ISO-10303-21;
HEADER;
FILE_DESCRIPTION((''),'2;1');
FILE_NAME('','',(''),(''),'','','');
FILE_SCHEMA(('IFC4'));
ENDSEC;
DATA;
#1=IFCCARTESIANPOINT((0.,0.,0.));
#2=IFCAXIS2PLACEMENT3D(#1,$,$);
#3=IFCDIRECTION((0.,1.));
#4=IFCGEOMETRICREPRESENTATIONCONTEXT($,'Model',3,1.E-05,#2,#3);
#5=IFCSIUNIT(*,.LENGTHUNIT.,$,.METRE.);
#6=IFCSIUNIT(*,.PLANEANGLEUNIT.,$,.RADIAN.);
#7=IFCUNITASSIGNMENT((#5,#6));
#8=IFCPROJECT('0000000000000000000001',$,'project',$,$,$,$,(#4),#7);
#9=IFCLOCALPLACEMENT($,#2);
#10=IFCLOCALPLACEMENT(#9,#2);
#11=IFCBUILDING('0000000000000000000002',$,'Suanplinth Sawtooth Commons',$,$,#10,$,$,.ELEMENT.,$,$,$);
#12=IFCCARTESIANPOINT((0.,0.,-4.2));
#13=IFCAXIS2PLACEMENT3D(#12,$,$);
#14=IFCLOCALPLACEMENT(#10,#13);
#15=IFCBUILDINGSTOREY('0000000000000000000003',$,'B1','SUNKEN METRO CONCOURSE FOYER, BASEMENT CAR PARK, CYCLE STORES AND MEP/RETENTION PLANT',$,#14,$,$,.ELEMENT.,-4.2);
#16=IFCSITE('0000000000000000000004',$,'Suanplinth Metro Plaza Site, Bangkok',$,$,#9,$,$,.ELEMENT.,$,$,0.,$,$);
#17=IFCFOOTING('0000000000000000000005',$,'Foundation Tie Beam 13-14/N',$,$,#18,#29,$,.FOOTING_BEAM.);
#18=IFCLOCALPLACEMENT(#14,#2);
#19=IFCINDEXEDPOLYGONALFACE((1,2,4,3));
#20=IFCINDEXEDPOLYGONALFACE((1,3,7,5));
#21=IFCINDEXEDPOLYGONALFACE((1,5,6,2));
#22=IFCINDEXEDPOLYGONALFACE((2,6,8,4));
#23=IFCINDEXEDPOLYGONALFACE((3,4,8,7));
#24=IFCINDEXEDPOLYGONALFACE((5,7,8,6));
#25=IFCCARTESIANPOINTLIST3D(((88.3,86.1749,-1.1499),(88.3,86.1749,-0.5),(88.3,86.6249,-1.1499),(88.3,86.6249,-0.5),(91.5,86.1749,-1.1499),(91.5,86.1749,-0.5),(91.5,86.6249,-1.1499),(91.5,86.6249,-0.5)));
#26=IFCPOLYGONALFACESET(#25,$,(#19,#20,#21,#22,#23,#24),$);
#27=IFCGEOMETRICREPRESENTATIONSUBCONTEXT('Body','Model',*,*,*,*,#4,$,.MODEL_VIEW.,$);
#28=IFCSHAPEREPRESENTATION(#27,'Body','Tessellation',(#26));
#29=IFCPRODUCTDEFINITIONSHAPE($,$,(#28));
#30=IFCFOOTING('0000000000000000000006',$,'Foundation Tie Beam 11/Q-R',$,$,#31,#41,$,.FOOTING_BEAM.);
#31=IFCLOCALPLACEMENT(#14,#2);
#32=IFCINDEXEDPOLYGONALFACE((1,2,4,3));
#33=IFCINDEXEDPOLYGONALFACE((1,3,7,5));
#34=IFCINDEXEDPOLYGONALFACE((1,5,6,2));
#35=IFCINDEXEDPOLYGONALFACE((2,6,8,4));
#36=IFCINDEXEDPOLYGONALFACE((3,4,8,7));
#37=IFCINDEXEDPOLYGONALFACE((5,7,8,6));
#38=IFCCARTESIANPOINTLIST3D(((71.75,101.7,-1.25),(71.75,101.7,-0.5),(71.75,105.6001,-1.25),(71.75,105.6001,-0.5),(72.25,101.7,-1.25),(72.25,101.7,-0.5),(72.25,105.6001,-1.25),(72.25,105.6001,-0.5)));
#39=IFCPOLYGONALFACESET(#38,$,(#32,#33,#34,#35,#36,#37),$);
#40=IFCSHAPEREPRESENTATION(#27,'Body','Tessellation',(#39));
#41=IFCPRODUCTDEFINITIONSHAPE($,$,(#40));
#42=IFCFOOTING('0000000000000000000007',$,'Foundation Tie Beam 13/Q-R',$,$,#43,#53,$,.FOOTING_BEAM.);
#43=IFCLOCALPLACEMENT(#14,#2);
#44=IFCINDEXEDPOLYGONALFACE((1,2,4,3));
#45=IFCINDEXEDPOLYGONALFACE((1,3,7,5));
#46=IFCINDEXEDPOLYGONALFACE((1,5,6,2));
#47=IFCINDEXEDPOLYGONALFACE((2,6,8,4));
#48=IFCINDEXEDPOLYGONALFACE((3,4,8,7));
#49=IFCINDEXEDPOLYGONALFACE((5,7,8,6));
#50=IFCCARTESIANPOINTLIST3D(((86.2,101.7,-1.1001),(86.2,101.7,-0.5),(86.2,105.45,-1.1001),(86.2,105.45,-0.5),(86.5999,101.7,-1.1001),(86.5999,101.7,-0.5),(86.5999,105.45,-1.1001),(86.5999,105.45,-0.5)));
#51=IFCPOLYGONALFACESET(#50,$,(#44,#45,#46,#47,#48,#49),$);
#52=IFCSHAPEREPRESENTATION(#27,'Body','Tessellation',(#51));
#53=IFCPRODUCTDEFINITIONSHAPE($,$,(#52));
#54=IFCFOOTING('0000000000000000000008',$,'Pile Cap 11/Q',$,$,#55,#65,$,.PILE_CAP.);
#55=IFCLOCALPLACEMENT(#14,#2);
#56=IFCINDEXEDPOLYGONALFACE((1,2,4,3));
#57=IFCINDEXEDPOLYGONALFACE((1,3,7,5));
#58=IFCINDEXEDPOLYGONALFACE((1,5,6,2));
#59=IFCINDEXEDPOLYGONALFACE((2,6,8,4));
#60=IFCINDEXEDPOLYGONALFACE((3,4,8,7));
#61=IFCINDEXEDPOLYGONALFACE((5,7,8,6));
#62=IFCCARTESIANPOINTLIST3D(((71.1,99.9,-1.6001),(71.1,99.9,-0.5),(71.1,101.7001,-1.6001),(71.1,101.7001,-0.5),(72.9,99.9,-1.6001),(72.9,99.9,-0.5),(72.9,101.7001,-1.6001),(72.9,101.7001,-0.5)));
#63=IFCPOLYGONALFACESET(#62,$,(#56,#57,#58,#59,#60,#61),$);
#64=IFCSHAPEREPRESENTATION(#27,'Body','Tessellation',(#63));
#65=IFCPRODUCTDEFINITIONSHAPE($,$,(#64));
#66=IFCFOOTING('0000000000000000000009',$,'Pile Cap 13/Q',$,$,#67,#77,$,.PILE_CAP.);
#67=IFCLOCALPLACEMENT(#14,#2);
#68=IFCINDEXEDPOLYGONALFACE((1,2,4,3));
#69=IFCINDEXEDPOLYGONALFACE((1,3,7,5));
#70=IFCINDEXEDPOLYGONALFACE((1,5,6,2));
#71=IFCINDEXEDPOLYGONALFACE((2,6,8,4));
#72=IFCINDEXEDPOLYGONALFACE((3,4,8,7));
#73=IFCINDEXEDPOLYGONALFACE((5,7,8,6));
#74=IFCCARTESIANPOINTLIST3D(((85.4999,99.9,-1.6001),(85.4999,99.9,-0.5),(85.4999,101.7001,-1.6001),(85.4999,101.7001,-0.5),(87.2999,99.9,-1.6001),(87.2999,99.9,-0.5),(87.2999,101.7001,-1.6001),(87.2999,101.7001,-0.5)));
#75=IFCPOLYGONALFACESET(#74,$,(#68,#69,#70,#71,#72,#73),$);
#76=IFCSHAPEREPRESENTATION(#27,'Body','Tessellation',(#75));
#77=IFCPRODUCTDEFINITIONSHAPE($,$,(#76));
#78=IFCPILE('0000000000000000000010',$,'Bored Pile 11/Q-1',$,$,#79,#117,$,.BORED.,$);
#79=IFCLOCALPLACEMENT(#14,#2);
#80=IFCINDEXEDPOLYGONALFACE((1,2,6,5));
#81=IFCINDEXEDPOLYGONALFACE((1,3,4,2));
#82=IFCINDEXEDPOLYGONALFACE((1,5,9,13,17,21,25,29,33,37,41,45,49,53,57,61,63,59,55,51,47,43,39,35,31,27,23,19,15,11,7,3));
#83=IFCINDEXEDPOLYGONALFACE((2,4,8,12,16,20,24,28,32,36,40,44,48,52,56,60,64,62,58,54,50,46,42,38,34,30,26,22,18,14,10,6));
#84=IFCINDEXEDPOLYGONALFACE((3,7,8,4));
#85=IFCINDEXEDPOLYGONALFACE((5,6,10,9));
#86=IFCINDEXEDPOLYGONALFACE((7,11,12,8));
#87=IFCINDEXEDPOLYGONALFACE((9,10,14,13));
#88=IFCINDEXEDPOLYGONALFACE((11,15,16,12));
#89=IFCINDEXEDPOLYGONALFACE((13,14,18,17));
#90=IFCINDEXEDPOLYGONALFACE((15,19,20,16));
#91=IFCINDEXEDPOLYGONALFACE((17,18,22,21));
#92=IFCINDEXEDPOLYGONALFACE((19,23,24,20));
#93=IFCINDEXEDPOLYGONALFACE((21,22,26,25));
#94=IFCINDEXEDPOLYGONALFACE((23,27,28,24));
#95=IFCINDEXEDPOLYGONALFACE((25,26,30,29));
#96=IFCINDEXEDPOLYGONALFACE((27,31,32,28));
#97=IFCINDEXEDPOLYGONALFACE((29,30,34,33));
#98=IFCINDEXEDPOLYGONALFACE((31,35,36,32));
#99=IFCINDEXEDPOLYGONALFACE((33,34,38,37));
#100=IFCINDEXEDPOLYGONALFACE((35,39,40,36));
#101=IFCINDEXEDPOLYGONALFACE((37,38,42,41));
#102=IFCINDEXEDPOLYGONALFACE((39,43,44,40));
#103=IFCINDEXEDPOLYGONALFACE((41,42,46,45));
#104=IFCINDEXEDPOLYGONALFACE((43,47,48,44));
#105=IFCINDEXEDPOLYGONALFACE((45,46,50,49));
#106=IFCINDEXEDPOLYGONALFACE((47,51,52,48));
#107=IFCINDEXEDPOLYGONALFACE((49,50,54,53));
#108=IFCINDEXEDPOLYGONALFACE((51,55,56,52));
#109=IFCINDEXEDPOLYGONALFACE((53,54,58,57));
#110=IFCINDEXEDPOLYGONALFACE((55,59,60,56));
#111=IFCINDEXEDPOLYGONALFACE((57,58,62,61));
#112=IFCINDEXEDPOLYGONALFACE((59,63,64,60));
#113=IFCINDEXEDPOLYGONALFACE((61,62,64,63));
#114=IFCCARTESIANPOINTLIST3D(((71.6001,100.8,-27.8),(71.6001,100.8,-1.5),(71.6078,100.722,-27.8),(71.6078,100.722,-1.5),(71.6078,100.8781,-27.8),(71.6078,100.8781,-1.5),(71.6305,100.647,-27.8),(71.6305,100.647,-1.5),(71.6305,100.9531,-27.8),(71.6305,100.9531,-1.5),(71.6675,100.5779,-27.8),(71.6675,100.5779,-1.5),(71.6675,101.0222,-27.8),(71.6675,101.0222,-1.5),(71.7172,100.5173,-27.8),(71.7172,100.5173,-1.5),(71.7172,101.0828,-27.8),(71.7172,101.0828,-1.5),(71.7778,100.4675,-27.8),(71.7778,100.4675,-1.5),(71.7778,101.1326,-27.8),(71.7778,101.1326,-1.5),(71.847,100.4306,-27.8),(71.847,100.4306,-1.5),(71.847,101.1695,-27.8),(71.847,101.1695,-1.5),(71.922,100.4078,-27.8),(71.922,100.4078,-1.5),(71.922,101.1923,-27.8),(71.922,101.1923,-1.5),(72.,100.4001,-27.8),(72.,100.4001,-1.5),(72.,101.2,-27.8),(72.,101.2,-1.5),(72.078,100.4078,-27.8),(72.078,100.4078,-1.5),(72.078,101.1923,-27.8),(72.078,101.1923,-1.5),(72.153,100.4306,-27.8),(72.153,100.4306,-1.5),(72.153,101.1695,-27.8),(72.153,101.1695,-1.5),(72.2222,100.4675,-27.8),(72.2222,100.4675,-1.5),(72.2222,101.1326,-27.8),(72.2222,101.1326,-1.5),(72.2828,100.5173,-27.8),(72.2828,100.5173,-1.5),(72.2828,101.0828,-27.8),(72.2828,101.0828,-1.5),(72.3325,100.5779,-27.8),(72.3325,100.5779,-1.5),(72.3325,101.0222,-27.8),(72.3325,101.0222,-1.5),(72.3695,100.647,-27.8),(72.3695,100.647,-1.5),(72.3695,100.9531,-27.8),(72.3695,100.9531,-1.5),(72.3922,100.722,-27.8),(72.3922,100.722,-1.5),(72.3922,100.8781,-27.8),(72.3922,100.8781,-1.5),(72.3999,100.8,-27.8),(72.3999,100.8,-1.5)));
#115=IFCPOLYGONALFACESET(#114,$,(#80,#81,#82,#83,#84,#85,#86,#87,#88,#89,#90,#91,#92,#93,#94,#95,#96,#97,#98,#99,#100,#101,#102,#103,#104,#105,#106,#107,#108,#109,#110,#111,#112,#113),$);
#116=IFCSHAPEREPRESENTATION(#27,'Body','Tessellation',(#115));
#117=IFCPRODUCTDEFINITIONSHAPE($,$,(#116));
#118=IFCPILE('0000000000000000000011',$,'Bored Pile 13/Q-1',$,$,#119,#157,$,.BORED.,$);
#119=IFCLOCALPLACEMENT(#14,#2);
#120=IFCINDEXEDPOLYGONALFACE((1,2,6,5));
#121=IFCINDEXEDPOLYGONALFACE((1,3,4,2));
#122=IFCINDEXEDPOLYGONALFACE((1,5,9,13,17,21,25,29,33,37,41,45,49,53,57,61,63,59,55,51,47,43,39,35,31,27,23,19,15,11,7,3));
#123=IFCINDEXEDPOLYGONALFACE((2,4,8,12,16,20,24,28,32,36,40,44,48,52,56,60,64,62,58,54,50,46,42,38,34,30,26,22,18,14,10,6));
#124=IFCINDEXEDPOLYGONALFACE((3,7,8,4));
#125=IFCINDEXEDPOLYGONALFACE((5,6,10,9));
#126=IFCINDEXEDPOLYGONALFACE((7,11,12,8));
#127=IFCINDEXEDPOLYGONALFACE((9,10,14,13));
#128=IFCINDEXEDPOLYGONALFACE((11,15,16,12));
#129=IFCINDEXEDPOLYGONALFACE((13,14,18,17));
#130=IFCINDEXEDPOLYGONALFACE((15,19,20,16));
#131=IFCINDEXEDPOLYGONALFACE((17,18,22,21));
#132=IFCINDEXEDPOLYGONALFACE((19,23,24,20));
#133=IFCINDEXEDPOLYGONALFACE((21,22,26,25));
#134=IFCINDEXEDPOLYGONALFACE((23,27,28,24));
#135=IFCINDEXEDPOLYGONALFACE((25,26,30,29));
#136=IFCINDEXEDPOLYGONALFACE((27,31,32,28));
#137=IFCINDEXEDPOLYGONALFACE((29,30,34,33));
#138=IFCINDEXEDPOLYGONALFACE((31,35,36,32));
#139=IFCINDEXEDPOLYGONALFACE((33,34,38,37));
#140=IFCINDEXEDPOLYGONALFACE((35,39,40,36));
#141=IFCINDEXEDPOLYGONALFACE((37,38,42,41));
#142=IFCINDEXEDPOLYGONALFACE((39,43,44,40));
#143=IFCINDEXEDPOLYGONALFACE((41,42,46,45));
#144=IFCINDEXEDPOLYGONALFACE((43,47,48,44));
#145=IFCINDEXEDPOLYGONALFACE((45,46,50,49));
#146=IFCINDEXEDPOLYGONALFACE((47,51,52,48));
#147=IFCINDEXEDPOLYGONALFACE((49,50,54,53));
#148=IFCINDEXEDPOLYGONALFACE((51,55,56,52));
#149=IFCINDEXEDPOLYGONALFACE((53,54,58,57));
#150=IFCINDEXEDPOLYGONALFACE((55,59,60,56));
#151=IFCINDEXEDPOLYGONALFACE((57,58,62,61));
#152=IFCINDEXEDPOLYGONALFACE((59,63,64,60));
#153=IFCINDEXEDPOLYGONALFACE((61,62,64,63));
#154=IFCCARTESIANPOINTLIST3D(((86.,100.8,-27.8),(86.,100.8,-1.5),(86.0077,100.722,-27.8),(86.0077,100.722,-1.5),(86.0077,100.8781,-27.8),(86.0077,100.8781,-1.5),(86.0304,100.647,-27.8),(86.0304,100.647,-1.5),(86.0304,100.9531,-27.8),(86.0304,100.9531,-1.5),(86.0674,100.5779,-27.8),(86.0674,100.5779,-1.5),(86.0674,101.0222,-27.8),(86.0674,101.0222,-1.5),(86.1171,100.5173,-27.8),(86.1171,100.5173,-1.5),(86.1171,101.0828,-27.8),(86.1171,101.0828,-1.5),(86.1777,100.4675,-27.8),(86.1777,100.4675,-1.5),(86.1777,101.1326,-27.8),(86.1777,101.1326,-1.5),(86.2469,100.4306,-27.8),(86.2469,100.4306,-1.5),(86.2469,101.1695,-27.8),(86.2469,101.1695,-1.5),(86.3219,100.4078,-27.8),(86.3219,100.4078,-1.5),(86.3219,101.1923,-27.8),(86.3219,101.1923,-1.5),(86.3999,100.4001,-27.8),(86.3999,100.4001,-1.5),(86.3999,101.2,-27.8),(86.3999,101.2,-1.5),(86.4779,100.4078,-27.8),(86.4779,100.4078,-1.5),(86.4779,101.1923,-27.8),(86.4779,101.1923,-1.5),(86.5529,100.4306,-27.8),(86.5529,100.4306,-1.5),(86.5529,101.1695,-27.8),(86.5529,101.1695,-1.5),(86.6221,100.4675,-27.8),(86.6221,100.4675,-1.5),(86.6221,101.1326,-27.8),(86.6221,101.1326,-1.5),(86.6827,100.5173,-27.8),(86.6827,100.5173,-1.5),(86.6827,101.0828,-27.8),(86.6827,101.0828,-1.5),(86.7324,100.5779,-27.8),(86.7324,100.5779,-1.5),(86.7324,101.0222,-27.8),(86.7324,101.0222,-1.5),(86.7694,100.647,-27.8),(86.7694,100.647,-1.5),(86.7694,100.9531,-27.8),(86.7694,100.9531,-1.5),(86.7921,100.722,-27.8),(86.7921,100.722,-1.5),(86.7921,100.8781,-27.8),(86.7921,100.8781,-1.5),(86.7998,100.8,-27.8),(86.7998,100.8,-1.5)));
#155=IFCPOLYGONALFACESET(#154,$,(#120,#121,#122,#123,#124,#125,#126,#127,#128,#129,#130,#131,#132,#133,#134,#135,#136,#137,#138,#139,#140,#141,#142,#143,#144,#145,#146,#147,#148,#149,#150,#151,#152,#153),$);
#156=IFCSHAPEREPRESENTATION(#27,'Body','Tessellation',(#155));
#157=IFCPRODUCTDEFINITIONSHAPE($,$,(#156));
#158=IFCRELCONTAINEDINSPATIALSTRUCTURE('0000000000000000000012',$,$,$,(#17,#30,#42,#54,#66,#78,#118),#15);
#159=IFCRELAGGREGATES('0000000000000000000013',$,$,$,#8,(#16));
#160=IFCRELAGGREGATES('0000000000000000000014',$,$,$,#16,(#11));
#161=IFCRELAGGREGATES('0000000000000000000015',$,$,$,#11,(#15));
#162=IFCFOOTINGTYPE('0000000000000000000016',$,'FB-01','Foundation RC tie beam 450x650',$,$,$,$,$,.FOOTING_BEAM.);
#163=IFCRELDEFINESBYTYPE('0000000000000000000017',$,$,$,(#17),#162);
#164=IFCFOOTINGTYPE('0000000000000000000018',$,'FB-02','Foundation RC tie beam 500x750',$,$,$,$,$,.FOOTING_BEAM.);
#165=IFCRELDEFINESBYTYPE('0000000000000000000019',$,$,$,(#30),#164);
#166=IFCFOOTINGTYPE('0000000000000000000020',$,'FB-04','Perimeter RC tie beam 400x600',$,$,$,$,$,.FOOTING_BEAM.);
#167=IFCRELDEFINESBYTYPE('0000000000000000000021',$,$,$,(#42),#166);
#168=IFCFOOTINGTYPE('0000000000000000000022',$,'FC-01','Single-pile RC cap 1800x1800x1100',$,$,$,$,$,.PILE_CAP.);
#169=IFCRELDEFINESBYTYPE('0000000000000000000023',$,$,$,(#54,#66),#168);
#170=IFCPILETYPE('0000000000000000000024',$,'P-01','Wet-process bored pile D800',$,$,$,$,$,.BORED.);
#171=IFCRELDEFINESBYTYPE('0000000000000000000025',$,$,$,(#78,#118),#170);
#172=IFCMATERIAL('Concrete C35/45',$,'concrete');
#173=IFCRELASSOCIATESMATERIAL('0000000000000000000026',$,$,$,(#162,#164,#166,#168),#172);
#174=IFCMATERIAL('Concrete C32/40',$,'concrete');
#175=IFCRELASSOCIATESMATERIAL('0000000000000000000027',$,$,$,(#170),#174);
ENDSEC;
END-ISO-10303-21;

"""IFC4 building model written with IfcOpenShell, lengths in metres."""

from ifc_helpers import new_model, si_unit, direction, frame, origin, origin_2d, place, context, subcontext, project, spatial, rectangle, circle, extrude, material, material_profile, profile_set, type_object, element, save


model = new_model("IFC4")

# Units and contexts
model_context = context("Model", 3, precision=1e-05, world=origin(), true_north=direction((0.0, 1.0)))
body_context = subcontext(model_context, "Body", "Model", "MODEL_VIEW")
ifc_project = project(units=[si_unit("LENGTHUNIT", "METRE"), si_unit("PLANEANGLEUNIT", "RADIAN")], contexts=[model_context])

# Site, building, storey
site_placement = place(None, origin())
site = spatial("IfcSite", under=ifc_project, at=site_placement, Name="Suanplinth Metro Plaza Site, Bangkok", CompositionType="ELEMENT", RefElevation=0.0)
building_placement = place(site_placement, origin())
building = spatial("IfcBuilding", under=site, at=building_placement, Name="Suanplinth Sawtooth Commons", CompositionType="ELEMENT")
storey_placement = place(building_placement, frame((0.0, 0.0, -4.2)))
storey = spatial("IfcBuildingStorey", under=building, at=storey_placement, Name="B1", Description="SUNKEN METRO CONCOURSE FOYER, BASEMENT CAR PARK, CYCLE STORES AND MEP/RETENTION PLANT", CompositionType="ELEMENT", Elevation=-4.2)

# Footings
ifc_material_1 = material(Name="Concrete C35/45", Category="concrete")
ifc_material_profile_1 = material_profile(ifc_material_1, rectangle(XDim=0.45, YDim=0.6499, at=origin_2d()), Name="PC-GDR 450x650")
ifc_profile_set_1 = profile_set([ifc_material_profile_1], Name="Concrete C35/45")
footing_type_1 = type_object("IfcFootingType", Name="FB-01", Description="Foundation RC tie beam 450x650", PredefinedType="FOOTING_BEAM", material=ifc_profile_set_1)
footing_1_placement = place(storey_placement, frame((88.3, 86.3999, -0.825), z_axis=(1.0, 0.0, 0.0), x_axis=(0.0, 1.0, 0.0)))
element("IfcFooting", 1, at=footing_1_placement, inside=storey, type_object=footing_type_1, Name="Foundation Tie Beam 13-14/N", PredefinedType="FOOTING_BEAM", context=body_context, shape_type="SweptSolid", body=[
    extrude(rectangle(XDim=0.45, YDim=0.6499, at=origin_2d()), origin(), (0.0, 0.0, 1.0), 3.2),
])
ifc_material_profile_2 = material_profile(ifc_material_1, rectangle(XDim=0.5, YDim=0.75, at=origin_2d()), Name="RC-GDR 500x750")
ifc_profile_set_2 = profile_set([ifc_material_profile_2], Name="Concrete C35/45")
footing_type_2 = type_object("IfcFootingType", Name="FB-02", Description="Foundation RC tie beam 500x750", PredefinedType="FOOTING_BEAM", material=ifc_profile_set_2)
footing_2_placement = place(storey_placement, frame((72.0, 101.7, -0.875), z_axis=(0.0, 1.0, 0.0), x_axis=(-1.0, 0.0, 0.0)))
element("IfcFooting", 2, at=footing_2_placement, inside=storey, type_object=footing_type_2, Name="Foundation Tie Beam 11/Q-R", PredefinedType="FOOTING_BEAM", context=body_context, shape_type="SweptSolid", body=[
    extrude(rectangle(XDim=0.5, YDim=0.75, at=origin_2d()), origin(), (0.0, 0.0, 1.0), 3.9001),
])
ifc_material_profile_3 = material_profile(ifc_material_1, rectangle(XDim=0.3999, YDim=0.6001, at=origin_2d()), Name="PC-GDR 400x600")
ifc_profile_set_3 = profile_set([ifc_material_profile_3], Name="Concrete C35/45")
footing_type_3 = type_object("IfcFootingType", Name="FB-04", Description="Perimeter RC tie beam 400x600", PredefinedType="FOOTING_BEAM", material=ifc_profile_set_3)
footing_3_placement = place(storey_placement, frame((86.3999, 101.7, -0.8), z_axis=(0.0, 1.0, 0.0), x_axis=(-1.0, 0.0, 0.0)))
element("IfcFooting", 3, at=footing_3_placement, inside=storey, type_object=footing_type_3, Name="Foundation Tie Beam 13/Q-R", PredefinedType="FOOTING_BEAM", context=body_context, shape_type="SweptSolid", body=[
    extrude(rectangle(XDim=0.3999, YDim=0.6001, at=origin_2d()), origin(), (0.0, 0.0, 1.0), 3.75),
])
footing_type_4 = type_object("IfcFootingType", Name="FC-01", Description="Single-pile RC cap 1800x1800x1100", PredefinedType="PILE_CAP", material=ifc_material_1)
for number, where, z_axis, x_axis, name in (
    (4, (72.0, 100.8, -1.6001), (0.0, 0.0, 1.0), (1.0, 0.0, 0.0), "Pile Cap 11/Q"),
    (5, (86.3999, 100.8, -1.6001), (0.0, 0.0, 1.0), (1.0, 0.0, 0.0), "Pile Cap 13/Q"),
):
    element("IfcFooting", number, at=place(storey_placement, frame(where, z_axis=z_axis, x_axis=x_axis)), inside=storey, type_object=footing_type_4, Name=name, PredefinedType="PILE_CAP", context=body_context, shape_type="SweptSolid", body=[
        extrude(rectangle(XDim=1.8, YDim=1.8, at=origin_2d()), origin(), (0.0, 0.0, 1.0), 1.1001),
    ])

# Piles
ifc_material_2 = material(Name="Concrete C32/40", Category="concrete")
ifc_material_profile_4 = material_profile(ifc_material_2, circle(Radius=0.3999, at=origin_2d()), Name="PILE D800")
ifc_profile_set_4 = profile_set([ifc_material_profile_4], Name="Concrete C32/40")
pile_type_1 = type_object("IfcPileType", Name="P-01", Description="Wet-process bored pile D800", PredefinedType="BORED", material=ifc_profile_set_4)
for number, where, z_axis, x_axis, name in (
    (6, (72.0, 100.8, -1.5), (0.0, 0.0, -1.0), (1.0, 0.0, 0.0), "Bored Pile 11/Q-1"),
    (7, (86.3999, 100.8, -1.5), (0.0, 0.0, -1.0), (1.0, 0.0, 0.0), "Bored Pile 13/Q-1"),
):
    element("IfcPile", number, at=place(storey_placement, frame(where, z_axis=z_axis, x_axis=x_axis)), inside=storey, type_object=pile_type_1, Name=name, PredefinedType="BORED", context=body_context, shape_type="SweptSolid", body=[
        extrude(circle(Radius=0.3999, at=origin_2d()), origin(), (0.0, 0.0, 1.0), 26.3),
    ])

save(model, "model.ifc")
